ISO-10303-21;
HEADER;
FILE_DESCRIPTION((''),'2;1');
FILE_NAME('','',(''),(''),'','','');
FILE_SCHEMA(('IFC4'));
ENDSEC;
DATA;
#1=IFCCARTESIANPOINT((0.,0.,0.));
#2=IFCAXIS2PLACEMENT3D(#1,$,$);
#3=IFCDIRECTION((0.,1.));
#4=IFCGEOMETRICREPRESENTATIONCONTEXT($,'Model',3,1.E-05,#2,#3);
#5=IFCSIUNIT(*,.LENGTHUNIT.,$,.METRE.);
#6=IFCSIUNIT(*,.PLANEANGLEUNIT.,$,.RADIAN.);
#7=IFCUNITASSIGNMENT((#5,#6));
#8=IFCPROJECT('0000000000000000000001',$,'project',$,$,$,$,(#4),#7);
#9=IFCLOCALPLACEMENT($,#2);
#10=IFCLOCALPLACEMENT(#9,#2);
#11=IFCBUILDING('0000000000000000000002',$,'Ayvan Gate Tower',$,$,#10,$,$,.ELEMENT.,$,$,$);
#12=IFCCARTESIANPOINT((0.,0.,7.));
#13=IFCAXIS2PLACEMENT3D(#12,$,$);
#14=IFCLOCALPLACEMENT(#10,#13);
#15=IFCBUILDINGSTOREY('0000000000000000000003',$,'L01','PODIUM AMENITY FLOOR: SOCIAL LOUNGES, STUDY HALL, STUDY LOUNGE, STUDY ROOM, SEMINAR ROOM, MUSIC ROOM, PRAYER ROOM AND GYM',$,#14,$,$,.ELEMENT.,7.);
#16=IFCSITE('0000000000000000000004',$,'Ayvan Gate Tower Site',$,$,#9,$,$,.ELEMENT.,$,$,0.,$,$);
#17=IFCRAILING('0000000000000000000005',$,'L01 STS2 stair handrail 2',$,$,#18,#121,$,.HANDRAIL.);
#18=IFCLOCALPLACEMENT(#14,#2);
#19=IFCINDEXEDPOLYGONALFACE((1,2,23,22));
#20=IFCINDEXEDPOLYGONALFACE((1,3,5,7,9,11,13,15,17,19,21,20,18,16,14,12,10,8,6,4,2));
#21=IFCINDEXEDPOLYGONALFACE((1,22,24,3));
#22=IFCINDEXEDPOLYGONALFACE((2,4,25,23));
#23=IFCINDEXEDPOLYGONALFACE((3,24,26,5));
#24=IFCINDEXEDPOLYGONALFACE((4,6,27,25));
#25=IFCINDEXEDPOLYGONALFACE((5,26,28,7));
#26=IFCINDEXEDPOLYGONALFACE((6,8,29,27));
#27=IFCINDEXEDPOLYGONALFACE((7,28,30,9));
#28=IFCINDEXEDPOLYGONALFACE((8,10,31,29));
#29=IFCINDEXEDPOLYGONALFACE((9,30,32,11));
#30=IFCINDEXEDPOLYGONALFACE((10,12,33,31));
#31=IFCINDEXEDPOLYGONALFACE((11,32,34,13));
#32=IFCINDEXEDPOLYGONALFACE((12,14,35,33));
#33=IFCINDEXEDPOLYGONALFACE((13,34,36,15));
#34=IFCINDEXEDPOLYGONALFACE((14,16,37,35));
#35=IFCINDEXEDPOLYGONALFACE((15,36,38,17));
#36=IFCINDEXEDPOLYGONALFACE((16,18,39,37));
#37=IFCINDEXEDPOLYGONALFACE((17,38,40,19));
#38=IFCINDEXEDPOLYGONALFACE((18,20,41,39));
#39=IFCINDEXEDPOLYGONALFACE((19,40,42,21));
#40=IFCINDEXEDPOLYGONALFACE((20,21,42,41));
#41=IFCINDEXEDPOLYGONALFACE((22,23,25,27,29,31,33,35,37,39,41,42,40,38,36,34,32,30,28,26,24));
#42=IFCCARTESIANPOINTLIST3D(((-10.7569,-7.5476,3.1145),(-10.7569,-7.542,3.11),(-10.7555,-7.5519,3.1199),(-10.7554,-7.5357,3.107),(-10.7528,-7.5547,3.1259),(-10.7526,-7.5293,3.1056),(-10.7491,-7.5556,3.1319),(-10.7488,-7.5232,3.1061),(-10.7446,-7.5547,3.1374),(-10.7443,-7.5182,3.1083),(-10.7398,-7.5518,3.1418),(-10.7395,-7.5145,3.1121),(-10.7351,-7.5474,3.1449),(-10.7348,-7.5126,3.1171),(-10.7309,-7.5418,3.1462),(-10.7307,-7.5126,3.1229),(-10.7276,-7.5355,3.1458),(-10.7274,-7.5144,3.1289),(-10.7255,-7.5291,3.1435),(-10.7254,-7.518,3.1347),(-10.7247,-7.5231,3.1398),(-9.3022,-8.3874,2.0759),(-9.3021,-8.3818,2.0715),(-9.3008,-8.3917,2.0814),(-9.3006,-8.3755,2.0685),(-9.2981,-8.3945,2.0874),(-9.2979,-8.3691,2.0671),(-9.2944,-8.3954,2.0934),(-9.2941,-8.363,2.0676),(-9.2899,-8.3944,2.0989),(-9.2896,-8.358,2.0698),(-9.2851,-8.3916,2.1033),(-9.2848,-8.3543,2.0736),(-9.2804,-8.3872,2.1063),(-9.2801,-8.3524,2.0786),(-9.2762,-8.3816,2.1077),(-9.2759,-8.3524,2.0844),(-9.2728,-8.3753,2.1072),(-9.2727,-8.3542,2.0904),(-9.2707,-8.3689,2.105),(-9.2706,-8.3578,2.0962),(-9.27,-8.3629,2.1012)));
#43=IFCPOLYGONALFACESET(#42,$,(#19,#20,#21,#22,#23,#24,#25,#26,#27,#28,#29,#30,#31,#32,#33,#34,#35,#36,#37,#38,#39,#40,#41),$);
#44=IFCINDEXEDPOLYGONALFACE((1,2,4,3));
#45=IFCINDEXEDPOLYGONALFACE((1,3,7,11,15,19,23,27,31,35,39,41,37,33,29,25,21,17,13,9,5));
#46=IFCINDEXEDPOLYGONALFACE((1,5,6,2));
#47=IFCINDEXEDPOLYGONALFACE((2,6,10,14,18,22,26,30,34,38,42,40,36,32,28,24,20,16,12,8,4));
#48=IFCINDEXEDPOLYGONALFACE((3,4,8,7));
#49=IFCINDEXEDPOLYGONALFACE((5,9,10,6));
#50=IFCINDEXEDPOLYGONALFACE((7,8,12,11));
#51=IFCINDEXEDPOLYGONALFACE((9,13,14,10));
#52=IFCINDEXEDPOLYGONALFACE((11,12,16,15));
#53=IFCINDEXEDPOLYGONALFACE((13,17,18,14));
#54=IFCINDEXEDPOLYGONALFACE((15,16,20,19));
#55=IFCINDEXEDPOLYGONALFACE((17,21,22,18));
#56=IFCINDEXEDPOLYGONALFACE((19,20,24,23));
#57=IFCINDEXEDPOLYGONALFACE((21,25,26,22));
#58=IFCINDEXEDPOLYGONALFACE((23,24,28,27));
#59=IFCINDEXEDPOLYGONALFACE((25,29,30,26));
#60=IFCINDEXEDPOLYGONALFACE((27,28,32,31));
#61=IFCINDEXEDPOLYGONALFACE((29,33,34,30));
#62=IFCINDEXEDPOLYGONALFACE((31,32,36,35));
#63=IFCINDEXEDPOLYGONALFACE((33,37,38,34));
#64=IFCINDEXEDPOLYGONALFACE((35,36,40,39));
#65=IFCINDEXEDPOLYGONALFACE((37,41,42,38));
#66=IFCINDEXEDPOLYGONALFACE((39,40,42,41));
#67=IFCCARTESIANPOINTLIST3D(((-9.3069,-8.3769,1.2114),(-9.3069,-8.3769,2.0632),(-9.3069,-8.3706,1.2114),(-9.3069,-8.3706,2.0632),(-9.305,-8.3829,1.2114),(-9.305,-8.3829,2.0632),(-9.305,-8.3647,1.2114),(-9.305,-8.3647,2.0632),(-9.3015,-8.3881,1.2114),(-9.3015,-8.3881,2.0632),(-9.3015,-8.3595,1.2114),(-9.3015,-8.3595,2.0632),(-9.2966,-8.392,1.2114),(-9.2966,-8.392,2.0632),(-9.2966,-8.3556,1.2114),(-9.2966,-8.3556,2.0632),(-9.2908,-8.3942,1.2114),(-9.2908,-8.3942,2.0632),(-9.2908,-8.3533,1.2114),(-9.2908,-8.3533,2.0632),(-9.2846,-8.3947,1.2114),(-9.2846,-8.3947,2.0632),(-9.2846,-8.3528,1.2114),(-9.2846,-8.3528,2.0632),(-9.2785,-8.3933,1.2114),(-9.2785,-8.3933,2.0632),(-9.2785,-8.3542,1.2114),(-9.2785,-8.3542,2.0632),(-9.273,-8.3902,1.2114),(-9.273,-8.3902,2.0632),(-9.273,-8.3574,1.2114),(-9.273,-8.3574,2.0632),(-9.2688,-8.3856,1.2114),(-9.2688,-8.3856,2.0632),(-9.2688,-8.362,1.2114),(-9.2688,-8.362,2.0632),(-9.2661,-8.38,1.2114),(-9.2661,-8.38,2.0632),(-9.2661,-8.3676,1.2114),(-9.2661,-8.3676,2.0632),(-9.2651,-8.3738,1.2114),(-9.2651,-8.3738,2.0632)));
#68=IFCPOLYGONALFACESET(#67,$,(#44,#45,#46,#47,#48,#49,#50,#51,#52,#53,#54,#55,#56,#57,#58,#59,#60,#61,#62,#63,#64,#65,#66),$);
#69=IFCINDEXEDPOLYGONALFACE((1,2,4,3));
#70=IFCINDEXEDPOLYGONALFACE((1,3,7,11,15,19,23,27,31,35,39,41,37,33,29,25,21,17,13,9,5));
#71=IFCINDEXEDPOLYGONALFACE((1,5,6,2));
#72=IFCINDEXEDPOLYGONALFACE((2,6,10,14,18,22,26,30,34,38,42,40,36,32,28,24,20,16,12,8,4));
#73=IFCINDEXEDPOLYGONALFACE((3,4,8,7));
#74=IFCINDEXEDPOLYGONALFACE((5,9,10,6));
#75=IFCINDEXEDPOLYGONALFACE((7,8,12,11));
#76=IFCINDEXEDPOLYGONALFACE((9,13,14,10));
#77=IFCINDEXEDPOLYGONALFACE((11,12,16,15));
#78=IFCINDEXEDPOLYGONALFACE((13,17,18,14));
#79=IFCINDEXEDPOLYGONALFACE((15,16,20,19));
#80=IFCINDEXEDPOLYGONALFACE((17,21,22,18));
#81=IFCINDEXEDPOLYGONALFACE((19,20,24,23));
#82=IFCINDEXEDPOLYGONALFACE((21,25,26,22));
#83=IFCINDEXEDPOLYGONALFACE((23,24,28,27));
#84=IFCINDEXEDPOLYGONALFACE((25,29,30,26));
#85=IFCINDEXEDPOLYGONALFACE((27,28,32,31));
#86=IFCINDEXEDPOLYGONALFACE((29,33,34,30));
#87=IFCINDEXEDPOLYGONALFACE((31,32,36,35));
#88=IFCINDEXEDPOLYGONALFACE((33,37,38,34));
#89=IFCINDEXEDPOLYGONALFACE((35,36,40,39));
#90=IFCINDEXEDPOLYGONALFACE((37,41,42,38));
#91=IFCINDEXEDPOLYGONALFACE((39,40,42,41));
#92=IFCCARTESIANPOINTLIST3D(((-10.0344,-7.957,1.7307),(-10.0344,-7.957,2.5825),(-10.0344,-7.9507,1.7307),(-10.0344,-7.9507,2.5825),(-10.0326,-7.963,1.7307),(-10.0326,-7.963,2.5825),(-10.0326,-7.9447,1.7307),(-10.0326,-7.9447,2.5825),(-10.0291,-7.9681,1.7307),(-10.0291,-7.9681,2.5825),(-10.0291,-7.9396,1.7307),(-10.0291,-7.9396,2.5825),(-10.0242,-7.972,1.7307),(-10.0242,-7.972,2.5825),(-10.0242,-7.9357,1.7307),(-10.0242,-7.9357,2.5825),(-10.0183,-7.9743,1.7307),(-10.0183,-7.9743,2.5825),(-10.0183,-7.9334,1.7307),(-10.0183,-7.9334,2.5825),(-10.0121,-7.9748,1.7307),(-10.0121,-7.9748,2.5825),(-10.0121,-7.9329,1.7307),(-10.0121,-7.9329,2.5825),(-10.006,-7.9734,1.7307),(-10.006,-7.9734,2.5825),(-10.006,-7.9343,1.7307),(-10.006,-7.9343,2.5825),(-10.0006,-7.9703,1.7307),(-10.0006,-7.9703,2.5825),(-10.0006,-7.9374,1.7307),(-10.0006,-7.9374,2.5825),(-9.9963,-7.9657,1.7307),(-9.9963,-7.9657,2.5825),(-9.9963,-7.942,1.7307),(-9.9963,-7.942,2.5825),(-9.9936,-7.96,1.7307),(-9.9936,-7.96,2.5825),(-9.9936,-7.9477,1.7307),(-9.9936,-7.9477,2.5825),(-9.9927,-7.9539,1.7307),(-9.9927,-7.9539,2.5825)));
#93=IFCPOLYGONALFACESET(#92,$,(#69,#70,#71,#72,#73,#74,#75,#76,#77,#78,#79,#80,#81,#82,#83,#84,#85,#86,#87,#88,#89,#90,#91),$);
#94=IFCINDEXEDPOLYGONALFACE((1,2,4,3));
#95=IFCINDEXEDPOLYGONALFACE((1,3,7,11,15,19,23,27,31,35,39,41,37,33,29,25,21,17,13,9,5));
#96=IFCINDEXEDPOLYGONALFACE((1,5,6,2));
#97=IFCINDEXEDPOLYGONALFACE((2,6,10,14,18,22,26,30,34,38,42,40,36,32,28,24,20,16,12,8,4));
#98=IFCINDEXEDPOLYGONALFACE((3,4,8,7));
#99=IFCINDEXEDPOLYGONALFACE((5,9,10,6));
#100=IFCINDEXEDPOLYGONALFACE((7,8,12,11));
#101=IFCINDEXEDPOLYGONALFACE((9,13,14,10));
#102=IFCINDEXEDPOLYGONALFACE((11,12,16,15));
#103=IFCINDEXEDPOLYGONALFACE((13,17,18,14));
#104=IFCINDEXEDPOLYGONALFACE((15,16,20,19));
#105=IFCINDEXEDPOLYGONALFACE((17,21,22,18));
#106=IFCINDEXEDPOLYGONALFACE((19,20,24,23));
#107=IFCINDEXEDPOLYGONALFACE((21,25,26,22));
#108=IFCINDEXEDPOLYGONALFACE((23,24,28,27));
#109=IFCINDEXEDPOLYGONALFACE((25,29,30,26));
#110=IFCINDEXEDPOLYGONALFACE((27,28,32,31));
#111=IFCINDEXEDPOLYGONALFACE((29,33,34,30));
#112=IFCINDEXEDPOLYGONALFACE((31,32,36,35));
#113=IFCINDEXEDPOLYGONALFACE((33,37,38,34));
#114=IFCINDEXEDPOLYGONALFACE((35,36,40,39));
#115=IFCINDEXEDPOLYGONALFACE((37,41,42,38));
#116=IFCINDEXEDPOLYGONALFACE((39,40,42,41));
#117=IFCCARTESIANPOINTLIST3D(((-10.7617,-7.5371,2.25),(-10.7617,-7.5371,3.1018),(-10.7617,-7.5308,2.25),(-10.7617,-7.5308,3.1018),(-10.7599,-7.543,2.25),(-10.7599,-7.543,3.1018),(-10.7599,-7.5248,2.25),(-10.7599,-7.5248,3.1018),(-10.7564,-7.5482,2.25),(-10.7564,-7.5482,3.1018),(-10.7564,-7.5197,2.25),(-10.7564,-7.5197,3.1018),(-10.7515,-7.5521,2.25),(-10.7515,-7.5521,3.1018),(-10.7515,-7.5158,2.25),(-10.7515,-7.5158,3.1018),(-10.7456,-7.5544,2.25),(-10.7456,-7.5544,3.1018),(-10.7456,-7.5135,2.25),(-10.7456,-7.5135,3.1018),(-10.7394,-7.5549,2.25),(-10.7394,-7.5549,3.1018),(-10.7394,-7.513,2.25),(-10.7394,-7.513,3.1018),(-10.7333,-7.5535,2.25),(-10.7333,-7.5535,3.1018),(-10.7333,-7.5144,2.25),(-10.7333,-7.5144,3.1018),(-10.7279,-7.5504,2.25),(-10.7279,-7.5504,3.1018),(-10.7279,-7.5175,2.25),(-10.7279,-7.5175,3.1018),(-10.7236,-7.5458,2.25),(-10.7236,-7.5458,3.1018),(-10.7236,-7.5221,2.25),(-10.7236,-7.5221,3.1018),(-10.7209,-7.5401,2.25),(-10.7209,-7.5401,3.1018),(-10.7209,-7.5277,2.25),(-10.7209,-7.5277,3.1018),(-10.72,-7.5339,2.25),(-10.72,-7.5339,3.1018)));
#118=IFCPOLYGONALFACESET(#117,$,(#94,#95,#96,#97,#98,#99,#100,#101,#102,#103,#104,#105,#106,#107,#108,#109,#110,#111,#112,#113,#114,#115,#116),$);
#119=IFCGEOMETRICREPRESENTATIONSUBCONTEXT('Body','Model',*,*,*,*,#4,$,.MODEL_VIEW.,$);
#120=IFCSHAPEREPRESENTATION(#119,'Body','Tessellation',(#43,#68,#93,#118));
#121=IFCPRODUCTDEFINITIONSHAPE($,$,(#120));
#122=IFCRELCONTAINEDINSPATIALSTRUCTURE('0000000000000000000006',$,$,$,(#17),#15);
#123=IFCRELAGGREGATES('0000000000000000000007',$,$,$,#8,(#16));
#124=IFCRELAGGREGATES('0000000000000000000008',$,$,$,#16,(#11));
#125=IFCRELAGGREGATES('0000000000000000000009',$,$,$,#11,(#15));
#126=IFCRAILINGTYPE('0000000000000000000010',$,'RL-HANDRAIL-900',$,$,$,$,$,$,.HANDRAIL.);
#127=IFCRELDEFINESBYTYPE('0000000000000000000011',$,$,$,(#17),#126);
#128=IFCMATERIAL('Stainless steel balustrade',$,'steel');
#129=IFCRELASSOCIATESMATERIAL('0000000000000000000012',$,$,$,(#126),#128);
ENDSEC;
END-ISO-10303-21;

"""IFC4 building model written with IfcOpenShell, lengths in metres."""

from ifc_helpers import new_model, si_unit, direction, frame, origin, origin_2d, place, context, subcontext, project, spatial, circle, extrude, material, type_object, element, save


model = new_model("IFC4")

# Units and contexts
model_context = context("Model", 3, precision=1e-05, world=origin(), true_north=direction((0.0, 1.0)))
body_context = subcontext(model_context, "Body", "Model", "MODEL_VIEW")
ifc_project = project(units=[si_unit("LENGTHUNIT", "METRE"), si_unit("PLANEANGLEUNIT", "RADIAN")], contexts=[model_context])

# Site, building, storey
site_placement = place(None, origin())
site = spatial("IfcSite", under=ifc_project, at=site_placement, Name="Ayvan Gate Tower Site", CompositionType="ELEMENT", RefElevation=0.0)
building_placement = place(site_placement, origin())
building = spatial("IfcBuilding", under=site, at=building_placement, Name="Ayvan Gate Tower", CompositionType="ELEMENT")
storey_placement = place(building_placement, frame((0.0, 0.0, 7.0)))
storey = spatial("IfcBuildingStorey", under=building, at=storey_placement, Name="L01", Description="PODIUM AMENITY FLOOR: SOCIAL LOUNGES, STUDY HALL, STUDY LOUNGE, STUDY ROOM, SEMINAR ROOM, MUSIC ROOM, PRAYER ROOM AND GYM", CompositionType="ELEMENT", Elevation=7.0)

# Railing
ifc_material_1 = material(Name="Stainless steel balustrade", Category="steel")
railing_type_1 = type_object("IfcRailingType", Name="RL-HANDRAIL-900", PredefinedType="HANDRAIL", material=ifc_material_1)
railing_1_placement = place(storey_placement, frame((-9.2861, -8.3738, 1.2114)))
element("IfcRailing", 1, at=railing_1_placement, inside=storey, type_object=railing_type_1, Name="L01 STS2 stair handrail 2", PredefinedType="HANDRAIL", context=body_context, shape_type="SweptSolid", body=[
    extrude(circle(Radius=0.0239, at=origin_2d()), frame((0.0, 0.0, 0.876), z_axis=(-0.736635, 0.425243, 0.525868), x_axis=(-0.499953, -0.866052, 0.0)), (0.0, 0.0, 1.0), 1.9749),
    extrude(circle(Radius=0.021, at=origin_2d()), origin(), (0.0, 0.0, 1.0), 0.8518),
    extrude(circle(Radius=0.021, at=origin_2d()), frame((-0.7275, 0.4199, 0.5193)), (0.0, 0.0, 1.0), 0.8518),
    extrude(circle(Radius=0.021, at=origin_2d()), frame((-1.4548, 0.8398, 1.0386)), (0.0, 0.0, 1.0), 0.8518),
])

save(model, "model.ifc")
